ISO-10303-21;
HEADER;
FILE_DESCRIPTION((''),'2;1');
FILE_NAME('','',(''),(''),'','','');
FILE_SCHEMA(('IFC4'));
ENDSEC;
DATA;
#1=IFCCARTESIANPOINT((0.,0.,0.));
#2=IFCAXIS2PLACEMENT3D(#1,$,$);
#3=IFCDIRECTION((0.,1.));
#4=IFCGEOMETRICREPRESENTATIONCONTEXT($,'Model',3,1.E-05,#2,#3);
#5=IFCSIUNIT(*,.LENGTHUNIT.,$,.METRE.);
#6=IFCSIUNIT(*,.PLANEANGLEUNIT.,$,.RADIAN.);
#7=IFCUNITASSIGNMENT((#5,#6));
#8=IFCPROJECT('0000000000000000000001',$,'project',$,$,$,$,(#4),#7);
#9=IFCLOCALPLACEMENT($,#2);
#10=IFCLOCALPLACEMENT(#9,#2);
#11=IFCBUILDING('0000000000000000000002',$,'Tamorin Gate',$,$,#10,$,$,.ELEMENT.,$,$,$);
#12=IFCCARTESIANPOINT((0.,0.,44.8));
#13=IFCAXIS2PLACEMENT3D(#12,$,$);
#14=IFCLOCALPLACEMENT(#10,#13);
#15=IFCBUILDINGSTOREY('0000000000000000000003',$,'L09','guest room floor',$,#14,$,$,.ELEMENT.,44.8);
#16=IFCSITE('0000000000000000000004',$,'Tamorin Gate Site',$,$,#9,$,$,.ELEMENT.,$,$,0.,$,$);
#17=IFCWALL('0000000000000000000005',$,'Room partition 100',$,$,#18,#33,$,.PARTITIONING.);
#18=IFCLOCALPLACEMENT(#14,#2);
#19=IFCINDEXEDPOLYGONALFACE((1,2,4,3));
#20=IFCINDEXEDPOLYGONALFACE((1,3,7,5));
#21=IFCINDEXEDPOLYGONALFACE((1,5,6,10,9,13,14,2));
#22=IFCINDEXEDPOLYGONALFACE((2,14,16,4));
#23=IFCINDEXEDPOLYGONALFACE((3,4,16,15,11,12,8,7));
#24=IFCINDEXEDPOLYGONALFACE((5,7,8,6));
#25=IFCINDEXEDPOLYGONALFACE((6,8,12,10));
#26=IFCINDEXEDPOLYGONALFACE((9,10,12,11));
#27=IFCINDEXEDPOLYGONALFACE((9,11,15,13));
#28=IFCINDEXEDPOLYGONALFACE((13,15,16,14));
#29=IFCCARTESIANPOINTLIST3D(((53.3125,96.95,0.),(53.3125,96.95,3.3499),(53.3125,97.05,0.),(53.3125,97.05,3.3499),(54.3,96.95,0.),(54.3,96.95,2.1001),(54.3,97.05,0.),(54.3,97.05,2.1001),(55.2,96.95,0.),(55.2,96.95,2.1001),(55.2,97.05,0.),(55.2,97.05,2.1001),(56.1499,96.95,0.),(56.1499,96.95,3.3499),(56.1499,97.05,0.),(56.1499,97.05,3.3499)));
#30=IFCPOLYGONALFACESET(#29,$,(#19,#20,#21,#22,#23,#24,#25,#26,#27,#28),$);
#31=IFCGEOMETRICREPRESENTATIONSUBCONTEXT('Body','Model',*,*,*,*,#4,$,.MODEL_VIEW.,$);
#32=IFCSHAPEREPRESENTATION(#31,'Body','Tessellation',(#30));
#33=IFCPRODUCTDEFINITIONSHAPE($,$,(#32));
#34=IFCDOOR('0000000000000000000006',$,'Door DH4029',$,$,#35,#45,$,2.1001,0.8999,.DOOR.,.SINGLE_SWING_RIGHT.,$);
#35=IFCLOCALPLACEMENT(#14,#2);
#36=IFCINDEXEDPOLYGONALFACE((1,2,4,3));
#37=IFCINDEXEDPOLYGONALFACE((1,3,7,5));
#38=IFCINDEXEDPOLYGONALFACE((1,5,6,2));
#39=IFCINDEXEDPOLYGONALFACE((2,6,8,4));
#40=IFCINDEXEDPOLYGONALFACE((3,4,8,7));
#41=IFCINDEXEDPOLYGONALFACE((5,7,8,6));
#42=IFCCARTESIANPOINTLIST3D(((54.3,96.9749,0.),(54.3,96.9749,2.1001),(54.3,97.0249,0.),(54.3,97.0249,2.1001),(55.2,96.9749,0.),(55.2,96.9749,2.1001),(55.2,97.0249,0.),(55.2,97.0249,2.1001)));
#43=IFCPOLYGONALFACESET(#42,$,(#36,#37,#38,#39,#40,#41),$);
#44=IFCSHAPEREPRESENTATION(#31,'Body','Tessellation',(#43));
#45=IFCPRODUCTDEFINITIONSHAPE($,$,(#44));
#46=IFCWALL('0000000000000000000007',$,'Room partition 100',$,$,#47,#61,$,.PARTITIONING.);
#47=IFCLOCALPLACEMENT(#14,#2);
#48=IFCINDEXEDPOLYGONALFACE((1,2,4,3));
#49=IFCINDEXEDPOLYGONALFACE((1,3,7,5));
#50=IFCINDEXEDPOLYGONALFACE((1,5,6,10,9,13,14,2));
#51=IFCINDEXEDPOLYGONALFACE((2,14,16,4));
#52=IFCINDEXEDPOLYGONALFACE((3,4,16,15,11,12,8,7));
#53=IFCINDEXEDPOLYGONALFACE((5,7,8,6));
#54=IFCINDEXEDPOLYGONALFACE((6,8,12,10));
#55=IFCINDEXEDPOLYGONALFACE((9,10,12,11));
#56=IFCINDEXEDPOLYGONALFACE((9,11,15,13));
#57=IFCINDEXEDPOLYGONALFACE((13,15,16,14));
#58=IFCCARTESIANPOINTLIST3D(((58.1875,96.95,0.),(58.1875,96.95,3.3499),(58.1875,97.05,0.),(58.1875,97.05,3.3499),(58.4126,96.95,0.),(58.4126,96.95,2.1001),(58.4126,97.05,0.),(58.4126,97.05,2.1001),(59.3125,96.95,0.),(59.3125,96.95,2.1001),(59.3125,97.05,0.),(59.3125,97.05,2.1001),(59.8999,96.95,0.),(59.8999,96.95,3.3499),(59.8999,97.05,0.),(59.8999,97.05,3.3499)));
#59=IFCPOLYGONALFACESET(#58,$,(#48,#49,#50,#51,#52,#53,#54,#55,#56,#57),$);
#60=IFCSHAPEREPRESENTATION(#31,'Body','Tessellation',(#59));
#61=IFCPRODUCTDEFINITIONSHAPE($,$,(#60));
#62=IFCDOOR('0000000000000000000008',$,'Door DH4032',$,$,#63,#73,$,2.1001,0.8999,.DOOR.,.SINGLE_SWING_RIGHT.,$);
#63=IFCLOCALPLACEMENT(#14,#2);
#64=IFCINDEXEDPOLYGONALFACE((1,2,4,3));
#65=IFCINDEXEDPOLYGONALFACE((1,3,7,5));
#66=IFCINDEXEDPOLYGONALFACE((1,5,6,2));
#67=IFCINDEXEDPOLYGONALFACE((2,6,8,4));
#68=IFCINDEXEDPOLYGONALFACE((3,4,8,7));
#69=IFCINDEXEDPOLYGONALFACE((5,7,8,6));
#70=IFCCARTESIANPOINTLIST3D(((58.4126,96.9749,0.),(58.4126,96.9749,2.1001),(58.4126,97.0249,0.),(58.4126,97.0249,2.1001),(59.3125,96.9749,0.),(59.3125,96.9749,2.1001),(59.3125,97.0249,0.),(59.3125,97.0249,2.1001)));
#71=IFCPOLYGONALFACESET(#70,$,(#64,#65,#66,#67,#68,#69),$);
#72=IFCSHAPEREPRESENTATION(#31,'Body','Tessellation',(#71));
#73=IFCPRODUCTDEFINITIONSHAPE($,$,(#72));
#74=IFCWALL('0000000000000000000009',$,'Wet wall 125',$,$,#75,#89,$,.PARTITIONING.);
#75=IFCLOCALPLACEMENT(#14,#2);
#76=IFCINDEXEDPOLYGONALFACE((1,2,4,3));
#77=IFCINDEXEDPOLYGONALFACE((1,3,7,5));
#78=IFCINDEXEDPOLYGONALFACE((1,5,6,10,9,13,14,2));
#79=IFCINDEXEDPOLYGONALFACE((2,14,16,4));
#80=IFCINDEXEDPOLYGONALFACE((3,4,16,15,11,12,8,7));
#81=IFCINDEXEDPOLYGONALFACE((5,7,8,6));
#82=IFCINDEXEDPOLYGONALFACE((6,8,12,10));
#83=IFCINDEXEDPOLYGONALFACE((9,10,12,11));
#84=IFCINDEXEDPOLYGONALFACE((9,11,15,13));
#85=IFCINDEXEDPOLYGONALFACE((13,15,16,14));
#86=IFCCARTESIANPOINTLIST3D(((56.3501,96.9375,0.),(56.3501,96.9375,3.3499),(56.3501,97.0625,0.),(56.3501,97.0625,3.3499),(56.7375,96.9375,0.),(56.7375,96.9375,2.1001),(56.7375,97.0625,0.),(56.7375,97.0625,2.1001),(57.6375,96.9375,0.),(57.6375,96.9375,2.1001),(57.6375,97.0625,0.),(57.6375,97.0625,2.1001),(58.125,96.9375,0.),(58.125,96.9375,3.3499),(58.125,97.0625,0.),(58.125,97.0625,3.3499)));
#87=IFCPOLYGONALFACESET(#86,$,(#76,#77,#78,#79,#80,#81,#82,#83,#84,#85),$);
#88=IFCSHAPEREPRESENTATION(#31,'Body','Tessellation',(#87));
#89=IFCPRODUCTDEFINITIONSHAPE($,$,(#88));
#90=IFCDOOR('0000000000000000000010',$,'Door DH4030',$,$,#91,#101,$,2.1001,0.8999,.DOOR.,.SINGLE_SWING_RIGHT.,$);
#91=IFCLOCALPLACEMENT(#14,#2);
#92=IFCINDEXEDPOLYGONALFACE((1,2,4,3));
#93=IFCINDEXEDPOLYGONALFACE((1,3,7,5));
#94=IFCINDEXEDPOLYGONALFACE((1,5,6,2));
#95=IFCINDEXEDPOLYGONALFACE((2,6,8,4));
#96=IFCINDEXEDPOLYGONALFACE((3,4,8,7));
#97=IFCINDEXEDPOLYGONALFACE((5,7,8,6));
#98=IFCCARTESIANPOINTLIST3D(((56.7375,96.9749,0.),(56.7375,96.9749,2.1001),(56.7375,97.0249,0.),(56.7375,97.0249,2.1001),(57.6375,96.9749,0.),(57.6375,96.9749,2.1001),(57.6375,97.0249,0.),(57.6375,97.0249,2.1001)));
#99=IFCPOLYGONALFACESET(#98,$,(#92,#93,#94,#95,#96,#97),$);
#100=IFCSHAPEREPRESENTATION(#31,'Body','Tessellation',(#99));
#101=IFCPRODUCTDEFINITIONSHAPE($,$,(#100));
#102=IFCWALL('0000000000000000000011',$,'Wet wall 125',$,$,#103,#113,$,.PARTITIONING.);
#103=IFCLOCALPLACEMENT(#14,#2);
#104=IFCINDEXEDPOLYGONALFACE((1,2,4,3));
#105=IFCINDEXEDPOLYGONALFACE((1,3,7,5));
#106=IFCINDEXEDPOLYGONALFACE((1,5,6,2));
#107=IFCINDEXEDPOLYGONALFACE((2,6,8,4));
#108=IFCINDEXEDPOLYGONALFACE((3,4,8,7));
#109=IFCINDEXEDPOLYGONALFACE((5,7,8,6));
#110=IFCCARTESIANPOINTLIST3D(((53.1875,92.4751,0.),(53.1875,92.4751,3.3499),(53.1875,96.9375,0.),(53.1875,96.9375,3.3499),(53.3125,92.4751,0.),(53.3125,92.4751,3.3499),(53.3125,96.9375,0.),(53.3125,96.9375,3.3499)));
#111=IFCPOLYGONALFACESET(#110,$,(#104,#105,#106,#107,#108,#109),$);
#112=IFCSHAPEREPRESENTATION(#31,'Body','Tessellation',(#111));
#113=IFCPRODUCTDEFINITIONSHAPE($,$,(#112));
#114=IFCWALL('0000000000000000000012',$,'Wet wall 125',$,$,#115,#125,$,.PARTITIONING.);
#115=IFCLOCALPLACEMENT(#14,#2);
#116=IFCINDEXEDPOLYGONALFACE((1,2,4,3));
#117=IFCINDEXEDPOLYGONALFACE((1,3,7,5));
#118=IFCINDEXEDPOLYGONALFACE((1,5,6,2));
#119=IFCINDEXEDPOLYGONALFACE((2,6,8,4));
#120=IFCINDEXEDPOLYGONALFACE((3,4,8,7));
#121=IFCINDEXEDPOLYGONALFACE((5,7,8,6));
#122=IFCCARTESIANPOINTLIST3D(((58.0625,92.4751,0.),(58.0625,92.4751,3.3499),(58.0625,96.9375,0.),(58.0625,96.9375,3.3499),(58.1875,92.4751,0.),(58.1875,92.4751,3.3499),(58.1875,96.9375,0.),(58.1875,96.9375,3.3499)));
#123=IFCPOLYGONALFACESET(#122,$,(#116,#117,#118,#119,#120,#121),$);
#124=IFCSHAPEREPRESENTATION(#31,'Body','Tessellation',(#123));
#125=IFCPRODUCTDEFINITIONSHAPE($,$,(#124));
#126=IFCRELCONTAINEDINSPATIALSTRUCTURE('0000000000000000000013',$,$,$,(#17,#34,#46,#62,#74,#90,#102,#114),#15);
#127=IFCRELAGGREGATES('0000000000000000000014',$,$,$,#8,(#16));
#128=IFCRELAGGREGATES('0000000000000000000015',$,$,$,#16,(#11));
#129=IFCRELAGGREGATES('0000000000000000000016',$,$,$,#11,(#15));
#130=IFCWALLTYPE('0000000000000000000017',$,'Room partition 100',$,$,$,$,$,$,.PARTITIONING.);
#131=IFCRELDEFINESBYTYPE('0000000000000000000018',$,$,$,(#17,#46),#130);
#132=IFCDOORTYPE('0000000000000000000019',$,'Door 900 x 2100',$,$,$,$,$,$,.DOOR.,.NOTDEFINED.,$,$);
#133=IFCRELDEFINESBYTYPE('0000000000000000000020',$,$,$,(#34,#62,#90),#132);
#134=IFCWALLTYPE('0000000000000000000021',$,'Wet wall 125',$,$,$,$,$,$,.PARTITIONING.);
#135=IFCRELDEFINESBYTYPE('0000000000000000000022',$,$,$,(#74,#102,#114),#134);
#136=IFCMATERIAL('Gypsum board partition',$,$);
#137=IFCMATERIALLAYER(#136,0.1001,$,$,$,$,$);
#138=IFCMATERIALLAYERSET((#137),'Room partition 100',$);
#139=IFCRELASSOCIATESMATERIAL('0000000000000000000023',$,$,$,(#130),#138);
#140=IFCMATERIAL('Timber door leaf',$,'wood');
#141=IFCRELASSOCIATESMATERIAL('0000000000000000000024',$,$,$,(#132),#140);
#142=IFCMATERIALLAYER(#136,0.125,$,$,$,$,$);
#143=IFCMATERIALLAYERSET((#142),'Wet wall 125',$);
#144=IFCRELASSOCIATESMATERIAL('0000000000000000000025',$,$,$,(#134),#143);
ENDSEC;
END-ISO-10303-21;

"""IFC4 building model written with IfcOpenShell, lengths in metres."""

from ifc_helpers import new_model, si_unit, direction, frame, frame_2d, origin, place, context, subcontext, project, spatial, rectangle, extrude, material, layer, layer_set, type_object, element, fill, save


model = new_model("IFC4")

# Units and contexts
model_context = context("Model", 3, precision=1e-05, world=origin(), true_north=direction((0.0, 1.0)))
body_context = subcontext(model_context, "Body", "Model", "MODEL_VIEW")
ifc_project = project(units=[si_unit("LENGTHUNIT", "METRE"), si_unit("PLANEANGLEUNIT", "RADIAN")], contexts=[model_context])

# Site, building, storey
site_placement = place(None, origin())
site = spatial("IfcSite", under=ifc_project, at=site_placement, Name="Tamorin Gate Site", CompositionType="ELEMENT", RefElevation=0.0)
building_placement = place(site_placement, origin())
building = spatial("IfcBuilding", under=site, at=building_placement, Name="Tamorin Gate", CompositionType="ELEMENT")
storey_placement = place(building_placement, frame((0.0, 0.0, 44.8)))
storey = spatial("IfcBuildingStorey", under=building, at=storey_placement, Name="L09", Description="guest room floor", CompositionType="ELEMENT", Elevation=44.8)

# Shared definitions
ifc_material_1 = material(Name="Gypsum board partition")

# Walls, openings, doors
ifc_layer_1 = layer(ifc_material_1, 0.1001)
ifc_layer_set_1 = layer_set([ifc_layer_1], Name="Room partition 100")
wall_type_1 = type_object("IfcWallType", Name="Room partition 100", PredefinedType="PARTITIONING", material=ifc_layer_set_1)
wall_1_placement = place(storey_placement, frame((53.3125, 97.0, 0.0), z_axis=(0.0, 0.0, 1.0), x_axis=(1.0, 0.0, 0.0)))
wall_1 = element("IfcWall", 1, at=wall_1_placement, inside=storey, type_object=wall_type_1, Name="Room partition 100", PredefinedType="PARTITIONING", context=body_context, shape_type="SweptSolid", body=[
    extrude(rectangle(XDim=2.8374, YDim=0.1001, at=frame_2d((1.4187, 0.0))), origin(), (0.0, 0.0, 1.0), 3.3499),
])
opening_1_placement = place(wall_1_placement, frame((0.9875, 0.0, 0.0)))
opening_1 = element("IfcOpeningElement", 2, at=opening_1_placement, cuts=wall_1, PredefinedType="OPENING", context=body_context, shape_type="SweptSolid", body=[
    extrude(rectangle(XDim=0.8999, YDim=2.1001, at=frame_2d((0.45, 1.05))), frame((0.0, 0.0601, 0.0), z_axis=(0.0, -1.0, 0.0), x_axis=(1.0, 0.0, 0.0)), (0.0, 0.0, 1.0), 0.1201),
])
ifc_material_2 = material(Name="Timber door leaf", Category="wood")
door_type = type_object("IfcDoorType", Name="Door 900 x 2100", OperationType="NOTDEFINED", PredefinedType="DOOR", material=ifc_material_2)
door_1_placement = place(opening_1_placement, origin())
door_1 = element("IfcDoor", 3, at=door_1_placement, inside=storey, type_object=door_type, Name="Door DH4029", OperationType="SINGLE_SWING_RIGHT", OverallHeight=2.1001, OverallWidth=0.8999, PredefinedType="DOOR", context=body_context, shape_type="SweptSolid", body=[
    extrude(rectangle(XDim=0.8999, YDim=2.1001, at=frame_2d((0.45, 1.05))), frame((0.0, 0.0249, 0.0), z_axis=(0.0, -1.0, 0.0), x_axis=(1.0, 0.0, 0.0)), (0.0, 0.0, 1.0), 0.05),
])
fill(opening_1, door_1)
wall_2_placement = place(storey_placement, frame((58.1875, 97.0, 0.0), z_axis=(0.0, 0.0, 1.0), x_axis=(1.0, 0.0, 0.0)))
wall_2 = element("IfcWall", 4, at=wall_2_placement, inside=storey, type_object=wall_type_1, Name="Room partition 100", PredefinedType="PARTITIONING", context=body_context, shape_type="SweptSolid", body=[
    extrude(rectangle(XDim=1.7124, YDim=0.1001, at=frame_2d((0.8562, 0.0))), origin(), (0.0, 0.0, 1.0), 3.3499),
])
opening_2_placement = place(wall_2_placement, frame((0.2251, 0.0, 0.0)))
opening_2 = element("IfcOpeningElement", 5, at=opening_2_placement, cuts=wall_2, PredefinedType="OPENING", context=body_context, shape_type="SweptSolid", body=[
    extrude(rectangle(XDim=0.8999, YDim=2.1001, at=frame_2d((0.45, 1.05))), frame((0.0, 0.0601, 0.0), z_axis=(0.0, -1.0, 0.0), x_axis=(1.0, 0.0, 0.0)), (0.0, 0.0, 1.0), 0.1201),
])
door_2_placement = place(opening_2_placement, origin())
door_2 = element("IfcDoor", 6, at=door_2_placement, inside=storey, type_object=door_type, Name="Door DH4032", OperationType="SINGLE_SWING_RIGHT", OverallHeight=2.1001, OverallWidth=0.8999, PredefinedType="DOOR", context=body_context, shape_type="SweptSolid", body=[
    extrude(rectangle(XDim=0.8999, YDim=2.1001, at=frame_2d((0.45, 1.05))), frame((0.0, 0.0249, 0.0), z_axis=(0.0, -1.0, 0.0), x_axis=(1.0, 0.0, 0.0)), (0.0, 0.0, 1.0), 0.05),
])
fill(opening_2, door_2)
ifc_layer_2 = layer(ifc_material_1, 0.125)
ifc_layer_set_2 = layer_set([ifc_layer_2], Name="Wet wall 125")
wall_type_2 = type_object("IfcWallType", Name="Wet wall 125", PredefinedType="PARTITIONING", material=ifc_layer_set_2)
wall_3_placement = place(storey_placement, frame((56.3501, 97.0, 0.0), z_axis=(0.0, 0.0, 1.0), x_axis=(1.0, 0.0, 0.0)))
wall_3 = element("IfcWall", 7, at=wall_3_placement, inside=storey, type_object=wall_type_2, Name="Wet wall 125", PredefinedType="PARTITIONING", context=body_context, shape_type="SweptSolid", body=[
    extrude(rectangle(XDim=1.7749, YDim=0.125, at=frame_2d((0.8875, 0.0))), origin(), (0.0, 0.0, 1.0), 3.3499),
])
opening_3_placement = place(wall_3_placement, frame((0.3875, 0.0, 0.0)))
opening_3 = element("IfcOpeningElement", 8, at=opening_3_placement, cuts=wall_3, PredefinedType="OPENING", context=body_context, shape_type="SweptSolid", body=[
    extrude(rectangle(XDim=0.8999, YDim=2.1001, at=frame_2d((0.45, 1.05))), frame((0.0, 0.0725, 0.0), z_axis=(0.0, -1.0, 0.0), x_axis=(1.0, 0.0, 0.0)), (0.0, 0.0, 1.0), 0.145),
])
door_3_placement = place(opening_3_placement, origin())
door_3 = element("IfcDoor", 9, at=door_3_placement, inside=storey, type_object=door_type, Name="Door DH4030", OperationType="SINGLE_SWING_RIGHT", OverallHeight=2.1001, OverallWidth=0.8999, PredefinedType="DOOR", context=body_context, shape_type="SweptSolid", body=[
    extrude(rectangle(XDim=0.8999, YDim=2.1001, at=frame_2d((0.45, 1.05))), frame((0.0, 0.0249, 0.0), z_axis=(0.0, -1.0, 0.0), x_axis=(1.0, 0.0, 0.0)), (0.0, 0.0, 1.0), 0.05),
])
fill(opening_3, door_3)

# Walls
for number, where, z_axis, x_axis, name in (
    (10, (53.25, 92.4751, 0.0), (0.0, 0.0, 1.0), (0.0, 1.0, 0.0), "Wet wall 125"),
    (11, (58.125, 92.4751, 0.0), (0.0, 0.0, 1.0), (0.0, 1.0, 0.0), "Wet wall 125"),
):
    element("IfcWall", number, at=place(storey_placement, frame(where, z_axis=z_axis, x_axis=x_axis)), inside=storey, type_object=wall_type_2, Name=name, PredefinedType="PARTITIONING", context=body_context, shape_type="SweptSolid", body=[
        extrude(rectangle(XDim=4.4624, YDim=0.125, at=frame_2d((2.2312, 0.0))), origin(), (0.0, 0.0, 1.0), 3.3499),
    ])

save(model, "model.ifc")
